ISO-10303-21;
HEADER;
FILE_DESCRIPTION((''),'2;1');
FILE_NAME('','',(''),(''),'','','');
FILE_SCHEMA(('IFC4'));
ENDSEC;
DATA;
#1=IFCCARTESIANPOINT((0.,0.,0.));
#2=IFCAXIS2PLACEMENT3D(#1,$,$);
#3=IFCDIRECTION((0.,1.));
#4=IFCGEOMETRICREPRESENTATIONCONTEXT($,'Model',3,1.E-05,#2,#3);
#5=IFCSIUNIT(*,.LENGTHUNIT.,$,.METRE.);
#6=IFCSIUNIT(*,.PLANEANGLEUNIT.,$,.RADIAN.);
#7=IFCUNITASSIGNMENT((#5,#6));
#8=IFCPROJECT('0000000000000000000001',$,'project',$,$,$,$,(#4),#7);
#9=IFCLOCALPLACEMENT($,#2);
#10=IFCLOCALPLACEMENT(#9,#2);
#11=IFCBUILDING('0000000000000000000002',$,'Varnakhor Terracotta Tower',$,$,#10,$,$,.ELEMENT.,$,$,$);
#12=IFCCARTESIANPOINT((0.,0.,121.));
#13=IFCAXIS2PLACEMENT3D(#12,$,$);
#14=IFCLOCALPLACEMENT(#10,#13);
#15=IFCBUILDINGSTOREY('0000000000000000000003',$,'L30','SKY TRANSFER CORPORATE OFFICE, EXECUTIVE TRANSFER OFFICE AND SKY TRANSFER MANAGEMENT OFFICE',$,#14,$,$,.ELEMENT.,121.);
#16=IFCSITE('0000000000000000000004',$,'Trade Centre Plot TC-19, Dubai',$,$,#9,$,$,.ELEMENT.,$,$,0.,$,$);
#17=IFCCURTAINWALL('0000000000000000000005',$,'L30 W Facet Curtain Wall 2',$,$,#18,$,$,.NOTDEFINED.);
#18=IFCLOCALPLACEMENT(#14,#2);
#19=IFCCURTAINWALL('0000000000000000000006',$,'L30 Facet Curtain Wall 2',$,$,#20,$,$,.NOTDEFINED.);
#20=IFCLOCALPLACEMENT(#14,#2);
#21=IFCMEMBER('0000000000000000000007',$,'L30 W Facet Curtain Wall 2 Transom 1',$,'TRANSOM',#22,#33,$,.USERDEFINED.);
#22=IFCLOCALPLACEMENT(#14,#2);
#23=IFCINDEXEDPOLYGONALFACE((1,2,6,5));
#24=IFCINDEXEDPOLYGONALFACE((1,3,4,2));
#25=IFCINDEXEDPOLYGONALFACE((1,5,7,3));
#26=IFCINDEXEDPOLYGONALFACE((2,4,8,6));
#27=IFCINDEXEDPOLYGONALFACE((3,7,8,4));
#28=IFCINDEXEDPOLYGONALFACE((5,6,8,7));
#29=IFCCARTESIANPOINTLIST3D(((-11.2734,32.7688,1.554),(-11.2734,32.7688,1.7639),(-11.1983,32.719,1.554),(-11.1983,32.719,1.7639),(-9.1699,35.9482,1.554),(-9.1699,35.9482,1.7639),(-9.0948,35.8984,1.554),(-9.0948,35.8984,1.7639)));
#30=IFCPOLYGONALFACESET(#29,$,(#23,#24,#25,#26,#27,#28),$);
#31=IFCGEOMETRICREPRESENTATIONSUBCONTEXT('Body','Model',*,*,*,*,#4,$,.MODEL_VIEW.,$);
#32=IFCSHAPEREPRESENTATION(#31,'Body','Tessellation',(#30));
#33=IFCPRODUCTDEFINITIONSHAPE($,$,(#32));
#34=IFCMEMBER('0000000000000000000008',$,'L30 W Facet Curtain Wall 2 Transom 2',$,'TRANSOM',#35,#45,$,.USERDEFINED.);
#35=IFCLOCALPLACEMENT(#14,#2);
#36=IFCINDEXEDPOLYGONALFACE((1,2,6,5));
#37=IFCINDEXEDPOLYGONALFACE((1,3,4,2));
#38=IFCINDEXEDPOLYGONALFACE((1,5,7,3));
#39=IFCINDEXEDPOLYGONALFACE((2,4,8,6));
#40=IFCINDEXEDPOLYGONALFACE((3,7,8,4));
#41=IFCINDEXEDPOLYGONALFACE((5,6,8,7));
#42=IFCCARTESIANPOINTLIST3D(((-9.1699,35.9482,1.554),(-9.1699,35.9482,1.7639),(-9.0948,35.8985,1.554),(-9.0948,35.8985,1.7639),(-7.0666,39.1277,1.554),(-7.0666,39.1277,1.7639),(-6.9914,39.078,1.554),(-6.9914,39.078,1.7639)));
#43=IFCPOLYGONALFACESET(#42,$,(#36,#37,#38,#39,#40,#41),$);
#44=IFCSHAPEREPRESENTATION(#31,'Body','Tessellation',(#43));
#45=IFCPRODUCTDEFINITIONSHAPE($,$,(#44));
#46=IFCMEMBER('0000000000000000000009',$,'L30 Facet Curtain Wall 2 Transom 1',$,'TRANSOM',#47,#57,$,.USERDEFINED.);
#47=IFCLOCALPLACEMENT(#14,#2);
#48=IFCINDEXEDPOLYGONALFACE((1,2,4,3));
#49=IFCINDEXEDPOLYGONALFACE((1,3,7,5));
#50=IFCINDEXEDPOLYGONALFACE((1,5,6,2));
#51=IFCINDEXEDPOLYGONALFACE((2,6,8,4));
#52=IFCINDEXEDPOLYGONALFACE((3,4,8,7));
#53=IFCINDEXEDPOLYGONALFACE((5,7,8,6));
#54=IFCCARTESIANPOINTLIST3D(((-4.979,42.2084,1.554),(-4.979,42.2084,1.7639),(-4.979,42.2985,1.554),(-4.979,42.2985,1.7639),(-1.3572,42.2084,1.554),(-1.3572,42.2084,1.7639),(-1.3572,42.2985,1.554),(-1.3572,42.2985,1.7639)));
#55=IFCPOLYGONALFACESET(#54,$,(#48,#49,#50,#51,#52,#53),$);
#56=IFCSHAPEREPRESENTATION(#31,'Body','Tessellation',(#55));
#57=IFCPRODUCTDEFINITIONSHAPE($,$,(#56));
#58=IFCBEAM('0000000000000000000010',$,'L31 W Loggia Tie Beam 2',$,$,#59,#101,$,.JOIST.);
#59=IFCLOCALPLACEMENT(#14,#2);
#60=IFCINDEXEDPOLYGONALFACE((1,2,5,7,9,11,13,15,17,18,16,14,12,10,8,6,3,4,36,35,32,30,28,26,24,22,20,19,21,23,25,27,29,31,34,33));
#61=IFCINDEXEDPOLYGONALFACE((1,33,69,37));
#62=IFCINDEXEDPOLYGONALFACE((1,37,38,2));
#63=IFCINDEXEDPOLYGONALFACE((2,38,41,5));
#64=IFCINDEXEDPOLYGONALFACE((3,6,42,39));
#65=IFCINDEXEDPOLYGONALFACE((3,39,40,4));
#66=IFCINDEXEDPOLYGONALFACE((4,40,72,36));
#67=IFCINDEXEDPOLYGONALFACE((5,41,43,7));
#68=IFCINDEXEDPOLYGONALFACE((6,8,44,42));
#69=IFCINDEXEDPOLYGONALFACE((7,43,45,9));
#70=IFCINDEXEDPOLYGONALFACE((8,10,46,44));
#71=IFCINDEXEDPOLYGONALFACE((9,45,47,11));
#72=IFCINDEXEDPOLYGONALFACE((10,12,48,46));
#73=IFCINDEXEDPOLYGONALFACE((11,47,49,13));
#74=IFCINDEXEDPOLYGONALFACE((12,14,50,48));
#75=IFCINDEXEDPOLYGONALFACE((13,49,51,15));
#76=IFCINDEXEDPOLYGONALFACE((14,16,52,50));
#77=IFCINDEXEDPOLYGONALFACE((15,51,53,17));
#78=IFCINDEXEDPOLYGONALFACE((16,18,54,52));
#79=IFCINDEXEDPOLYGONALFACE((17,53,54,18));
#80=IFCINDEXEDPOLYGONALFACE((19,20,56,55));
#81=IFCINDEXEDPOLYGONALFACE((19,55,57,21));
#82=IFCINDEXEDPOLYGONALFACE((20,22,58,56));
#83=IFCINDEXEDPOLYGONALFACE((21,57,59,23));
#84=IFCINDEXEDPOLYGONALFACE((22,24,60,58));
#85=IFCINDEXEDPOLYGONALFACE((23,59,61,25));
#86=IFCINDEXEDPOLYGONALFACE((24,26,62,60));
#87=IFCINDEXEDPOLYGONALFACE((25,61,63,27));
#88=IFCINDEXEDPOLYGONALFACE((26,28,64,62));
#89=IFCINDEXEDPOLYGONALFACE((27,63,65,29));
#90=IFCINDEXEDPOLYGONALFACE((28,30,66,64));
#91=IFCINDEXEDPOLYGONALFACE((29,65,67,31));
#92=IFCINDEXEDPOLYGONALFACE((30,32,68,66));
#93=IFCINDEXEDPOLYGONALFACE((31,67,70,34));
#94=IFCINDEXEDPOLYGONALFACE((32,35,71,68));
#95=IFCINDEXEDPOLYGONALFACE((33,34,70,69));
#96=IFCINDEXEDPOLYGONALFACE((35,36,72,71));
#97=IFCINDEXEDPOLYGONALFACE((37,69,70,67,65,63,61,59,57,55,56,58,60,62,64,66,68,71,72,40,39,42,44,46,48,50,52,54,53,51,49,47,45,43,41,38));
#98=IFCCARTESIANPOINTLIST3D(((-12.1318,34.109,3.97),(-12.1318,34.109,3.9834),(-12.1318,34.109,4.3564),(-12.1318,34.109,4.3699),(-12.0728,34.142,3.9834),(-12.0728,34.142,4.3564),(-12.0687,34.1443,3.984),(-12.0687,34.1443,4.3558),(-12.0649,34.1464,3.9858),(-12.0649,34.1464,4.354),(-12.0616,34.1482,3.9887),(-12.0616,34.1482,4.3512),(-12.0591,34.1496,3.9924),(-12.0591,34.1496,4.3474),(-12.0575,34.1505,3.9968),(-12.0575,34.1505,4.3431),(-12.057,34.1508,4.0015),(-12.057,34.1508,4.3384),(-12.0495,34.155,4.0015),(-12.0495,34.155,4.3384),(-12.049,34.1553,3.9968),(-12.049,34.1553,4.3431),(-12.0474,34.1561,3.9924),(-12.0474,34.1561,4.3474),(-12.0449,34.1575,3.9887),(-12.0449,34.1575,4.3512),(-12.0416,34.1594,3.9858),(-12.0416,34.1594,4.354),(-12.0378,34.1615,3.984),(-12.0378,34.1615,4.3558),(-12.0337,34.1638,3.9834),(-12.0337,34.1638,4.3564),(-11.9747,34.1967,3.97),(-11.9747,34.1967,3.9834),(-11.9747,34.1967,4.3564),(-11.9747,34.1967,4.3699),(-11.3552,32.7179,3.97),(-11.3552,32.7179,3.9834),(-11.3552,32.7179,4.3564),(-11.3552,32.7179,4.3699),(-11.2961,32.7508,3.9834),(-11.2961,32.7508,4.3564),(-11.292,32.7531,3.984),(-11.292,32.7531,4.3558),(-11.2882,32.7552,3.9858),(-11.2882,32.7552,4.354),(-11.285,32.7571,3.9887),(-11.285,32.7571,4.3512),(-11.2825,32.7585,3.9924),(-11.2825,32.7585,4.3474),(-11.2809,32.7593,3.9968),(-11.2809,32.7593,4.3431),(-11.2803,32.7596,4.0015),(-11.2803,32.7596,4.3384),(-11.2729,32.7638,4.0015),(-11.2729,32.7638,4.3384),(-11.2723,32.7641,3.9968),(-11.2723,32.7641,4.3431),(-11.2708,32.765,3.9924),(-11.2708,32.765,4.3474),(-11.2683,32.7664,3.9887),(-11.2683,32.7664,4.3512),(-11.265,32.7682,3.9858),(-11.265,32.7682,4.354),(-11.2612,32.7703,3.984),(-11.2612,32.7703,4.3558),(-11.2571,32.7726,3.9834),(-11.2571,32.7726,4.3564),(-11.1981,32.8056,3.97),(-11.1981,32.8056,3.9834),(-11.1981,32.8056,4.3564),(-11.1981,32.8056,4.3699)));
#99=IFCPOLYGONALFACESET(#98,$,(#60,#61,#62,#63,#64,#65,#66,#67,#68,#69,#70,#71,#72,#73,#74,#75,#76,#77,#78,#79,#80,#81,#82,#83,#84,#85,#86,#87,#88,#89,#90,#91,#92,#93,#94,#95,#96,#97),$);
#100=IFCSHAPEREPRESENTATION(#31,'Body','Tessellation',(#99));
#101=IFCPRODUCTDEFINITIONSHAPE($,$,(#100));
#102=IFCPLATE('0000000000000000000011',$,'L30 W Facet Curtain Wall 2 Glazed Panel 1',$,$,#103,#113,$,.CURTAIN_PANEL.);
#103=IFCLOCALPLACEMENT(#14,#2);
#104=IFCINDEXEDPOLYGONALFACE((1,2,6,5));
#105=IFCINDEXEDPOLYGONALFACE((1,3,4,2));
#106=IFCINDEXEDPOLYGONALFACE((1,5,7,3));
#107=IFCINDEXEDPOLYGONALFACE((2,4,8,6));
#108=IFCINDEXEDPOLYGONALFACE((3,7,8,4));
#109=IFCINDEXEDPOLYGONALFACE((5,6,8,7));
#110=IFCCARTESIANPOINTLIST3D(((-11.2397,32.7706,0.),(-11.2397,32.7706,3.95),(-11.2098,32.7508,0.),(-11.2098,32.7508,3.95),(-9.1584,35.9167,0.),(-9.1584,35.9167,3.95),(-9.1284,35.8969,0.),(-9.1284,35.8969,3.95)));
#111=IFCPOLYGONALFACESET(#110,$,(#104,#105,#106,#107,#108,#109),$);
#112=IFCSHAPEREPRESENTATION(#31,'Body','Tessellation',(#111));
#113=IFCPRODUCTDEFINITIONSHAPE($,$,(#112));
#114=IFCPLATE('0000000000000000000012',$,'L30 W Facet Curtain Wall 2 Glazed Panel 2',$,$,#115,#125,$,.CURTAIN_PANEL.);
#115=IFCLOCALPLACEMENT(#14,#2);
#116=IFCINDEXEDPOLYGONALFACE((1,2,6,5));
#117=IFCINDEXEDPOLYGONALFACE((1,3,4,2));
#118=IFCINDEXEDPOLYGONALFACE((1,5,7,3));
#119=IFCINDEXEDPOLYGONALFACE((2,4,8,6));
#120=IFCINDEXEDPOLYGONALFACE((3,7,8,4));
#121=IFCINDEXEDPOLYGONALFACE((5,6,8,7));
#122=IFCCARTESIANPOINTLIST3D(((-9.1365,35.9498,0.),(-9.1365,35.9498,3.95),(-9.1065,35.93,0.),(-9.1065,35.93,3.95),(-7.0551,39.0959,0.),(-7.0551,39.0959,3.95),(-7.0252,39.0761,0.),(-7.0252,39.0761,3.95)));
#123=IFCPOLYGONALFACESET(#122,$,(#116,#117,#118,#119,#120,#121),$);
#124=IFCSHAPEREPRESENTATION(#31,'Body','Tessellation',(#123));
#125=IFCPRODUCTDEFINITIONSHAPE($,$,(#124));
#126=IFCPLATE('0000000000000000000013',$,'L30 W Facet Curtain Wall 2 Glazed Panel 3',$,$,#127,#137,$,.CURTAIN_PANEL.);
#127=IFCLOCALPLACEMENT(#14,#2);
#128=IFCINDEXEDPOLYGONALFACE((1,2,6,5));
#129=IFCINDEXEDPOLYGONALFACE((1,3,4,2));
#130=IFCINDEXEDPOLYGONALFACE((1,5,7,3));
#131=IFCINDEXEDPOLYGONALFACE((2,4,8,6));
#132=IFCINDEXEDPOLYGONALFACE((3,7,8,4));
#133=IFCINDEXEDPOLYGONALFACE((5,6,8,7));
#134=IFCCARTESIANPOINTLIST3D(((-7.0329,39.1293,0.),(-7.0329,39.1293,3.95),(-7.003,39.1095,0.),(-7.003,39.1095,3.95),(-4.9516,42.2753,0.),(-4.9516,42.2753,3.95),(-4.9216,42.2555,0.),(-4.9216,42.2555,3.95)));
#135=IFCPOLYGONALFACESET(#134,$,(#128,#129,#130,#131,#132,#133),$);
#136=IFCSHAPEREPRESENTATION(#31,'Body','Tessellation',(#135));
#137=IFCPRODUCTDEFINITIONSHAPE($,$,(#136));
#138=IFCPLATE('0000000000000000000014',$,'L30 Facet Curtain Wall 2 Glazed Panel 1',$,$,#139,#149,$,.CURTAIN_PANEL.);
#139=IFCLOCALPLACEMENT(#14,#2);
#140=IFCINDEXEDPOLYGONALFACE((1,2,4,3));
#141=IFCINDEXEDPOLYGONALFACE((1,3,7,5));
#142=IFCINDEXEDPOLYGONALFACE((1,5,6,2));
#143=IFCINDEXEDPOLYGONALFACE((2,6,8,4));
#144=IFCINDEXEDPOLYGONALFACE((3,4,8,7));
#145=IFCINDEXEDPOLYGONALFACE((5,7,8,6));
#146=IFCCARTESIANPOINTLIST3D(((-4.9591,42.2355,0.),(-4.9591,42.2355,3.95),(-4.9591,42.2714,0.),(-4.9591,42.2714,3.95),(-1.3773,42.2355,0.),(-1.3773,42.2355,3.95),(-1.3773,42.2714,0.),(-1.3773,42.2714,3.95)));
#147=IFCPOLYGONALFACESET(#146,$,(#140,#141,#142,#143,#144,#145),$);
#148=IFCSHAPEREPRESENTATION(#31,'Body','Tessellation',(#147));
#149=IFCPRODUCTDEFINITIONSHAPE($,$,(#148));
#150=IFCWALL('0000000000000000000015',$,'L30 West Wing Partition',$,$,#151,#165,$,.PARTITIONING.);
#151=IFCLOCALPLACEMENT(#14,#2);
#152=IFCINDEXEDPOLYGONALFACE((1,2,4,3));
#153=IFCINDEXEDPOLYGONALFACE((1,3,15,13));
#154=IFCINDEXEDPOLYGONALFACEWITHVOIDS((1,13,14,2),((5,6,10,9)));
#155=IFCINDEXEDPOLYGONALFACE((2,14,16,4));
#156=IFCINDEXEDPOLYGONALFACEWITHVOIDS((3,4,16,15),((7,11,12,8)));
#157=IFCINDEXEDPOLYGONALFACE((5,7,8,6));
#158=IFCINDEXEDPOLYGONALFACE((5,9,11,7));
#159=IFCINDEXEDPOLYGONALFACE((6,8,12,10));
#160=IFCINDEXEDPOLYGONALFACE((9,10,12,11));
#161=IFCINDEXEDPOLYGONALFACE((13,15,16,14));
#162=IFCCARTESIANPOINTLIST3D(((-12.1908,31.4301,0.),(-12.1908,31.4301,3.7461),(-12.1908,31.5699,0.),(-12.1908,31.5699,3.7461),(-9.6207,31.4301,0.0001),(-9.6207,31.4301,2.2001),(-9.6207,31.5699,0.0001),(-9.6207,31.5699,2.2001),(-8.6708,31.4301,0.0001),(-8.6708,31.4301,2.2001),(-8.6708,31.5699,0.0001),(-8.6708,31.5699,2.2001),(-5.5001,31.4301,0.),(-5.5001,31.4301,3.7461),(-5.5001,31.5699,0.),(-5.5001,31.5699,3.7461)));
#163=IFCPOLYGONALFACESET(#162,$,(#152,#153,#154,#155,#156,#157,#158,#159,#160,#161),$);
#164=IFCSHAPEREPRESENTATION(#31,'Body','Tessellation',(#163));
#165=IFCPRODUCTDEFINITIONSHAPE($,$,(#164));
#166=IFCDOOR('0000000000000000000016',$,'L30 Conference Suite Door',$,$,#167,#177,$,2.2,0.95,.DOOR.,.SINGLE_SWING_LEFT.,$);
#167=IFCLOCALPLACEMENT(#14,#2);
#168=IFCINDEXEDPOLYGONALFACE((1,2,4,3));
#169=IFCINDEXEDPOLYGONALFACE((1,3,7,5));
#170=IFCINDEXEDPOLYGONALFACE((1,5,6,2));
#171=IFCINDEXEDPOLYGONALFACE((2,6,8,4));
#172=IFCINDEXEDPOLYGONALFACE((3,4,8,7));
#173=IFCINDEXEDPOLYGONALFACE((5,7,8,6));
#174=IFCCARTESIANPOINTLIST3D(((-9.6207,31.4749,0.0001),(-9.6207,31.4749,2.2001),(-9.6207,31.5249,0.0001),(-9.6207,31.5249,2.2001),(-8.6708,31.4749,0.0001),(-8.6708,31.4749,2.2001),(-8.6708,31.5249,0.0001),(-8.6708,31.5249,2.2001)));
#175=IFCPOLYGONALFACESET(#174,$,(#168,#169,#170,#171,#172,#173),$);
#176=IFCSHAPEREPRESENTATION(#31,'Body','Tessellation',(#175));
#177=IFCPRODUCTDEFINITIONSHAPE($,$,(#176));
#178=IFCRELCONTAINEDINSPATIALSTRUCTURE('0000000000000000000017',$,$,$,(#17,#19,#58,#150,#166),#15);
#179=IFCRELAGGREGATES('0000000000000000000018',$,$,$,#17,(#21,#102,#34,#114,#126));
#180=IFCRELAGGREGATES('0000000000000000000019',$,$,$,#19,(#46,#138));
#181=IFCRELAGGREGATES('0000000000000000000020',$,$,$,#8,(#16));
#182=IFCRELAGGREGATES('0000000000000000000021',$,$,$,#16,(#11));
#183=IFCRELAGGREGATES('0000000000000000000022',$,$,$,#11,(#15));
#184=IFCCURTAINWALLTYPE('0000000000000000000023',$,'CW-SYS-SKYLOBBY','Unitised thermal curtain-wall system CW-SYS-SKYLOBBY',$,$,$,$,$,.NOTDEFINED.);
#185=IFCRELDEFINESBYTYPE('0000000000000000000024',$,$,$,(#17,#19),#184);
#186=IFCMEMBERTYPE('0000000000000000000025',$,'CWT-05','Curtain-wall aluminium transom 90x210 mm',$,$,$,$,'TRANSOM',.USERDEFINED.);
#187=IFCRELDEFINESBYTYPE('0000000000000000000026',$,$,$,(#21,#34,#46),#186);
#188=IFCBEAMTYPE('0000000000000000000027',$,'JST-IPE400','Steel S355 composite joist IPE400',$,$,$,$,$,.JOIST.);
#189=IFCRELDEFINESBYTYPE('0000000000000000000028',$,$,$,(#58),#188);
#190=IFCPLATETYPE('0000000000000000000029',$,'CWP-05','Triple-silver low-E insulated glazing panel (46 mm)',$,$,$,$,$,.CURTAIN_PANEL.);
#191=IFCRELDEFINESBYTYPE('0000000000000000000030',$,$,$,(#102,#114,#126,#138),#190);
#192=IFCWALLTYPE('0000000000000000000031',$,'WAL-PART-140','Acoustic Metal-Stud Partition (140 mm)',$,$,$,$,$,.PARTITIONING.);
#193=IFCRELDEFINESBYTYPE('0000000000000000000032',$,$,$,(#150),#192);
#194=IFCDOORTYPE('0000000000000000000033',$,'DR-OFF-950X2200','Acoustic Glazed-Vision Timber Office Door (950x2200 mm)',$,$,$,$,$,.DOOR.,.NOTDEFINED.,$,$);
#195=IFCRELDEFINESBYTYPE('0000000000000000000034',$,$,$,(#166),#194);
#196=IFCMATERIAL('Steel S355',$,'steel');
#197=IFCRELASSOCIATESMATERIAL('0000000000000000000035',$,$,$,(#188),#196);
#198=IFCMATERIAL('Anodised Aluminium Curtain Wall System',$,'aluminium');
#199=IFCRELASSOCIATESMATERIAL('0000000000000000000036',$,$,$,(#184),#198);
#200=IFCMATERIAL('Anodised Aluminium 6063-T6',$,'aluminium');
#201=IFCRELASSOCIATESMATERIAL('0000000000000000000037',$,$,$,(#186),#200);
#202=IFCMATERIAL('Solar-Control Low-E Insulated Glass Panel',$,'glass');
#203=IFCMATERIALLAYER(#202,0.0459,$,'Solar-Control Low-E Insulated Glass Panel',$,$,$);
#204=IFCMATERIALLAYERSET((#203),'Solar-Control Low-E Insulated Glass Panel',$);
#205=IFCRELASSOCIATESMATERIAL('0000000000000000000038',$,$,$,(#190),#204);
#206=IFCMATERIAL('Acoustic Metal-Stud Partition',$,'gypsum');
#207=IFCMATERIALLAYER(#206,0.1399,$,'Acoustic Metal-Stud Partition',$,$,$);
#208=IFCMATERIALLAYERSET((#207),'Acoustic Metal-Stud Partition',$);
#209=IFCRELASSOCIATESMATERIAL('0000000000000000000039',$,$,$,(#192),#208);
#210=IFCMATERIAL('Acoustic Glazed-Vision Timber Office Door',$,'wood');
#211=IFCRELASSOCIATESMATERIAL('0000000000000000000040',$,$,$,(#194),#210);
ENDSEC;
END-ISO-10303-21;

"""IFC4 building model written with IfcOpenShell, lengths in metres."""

from ifc_helpers import new_model, si_unit, direction, frame, frame_2d, origin, origin_2d, place, context, subcontext, project, spatial, rectangle, i_section, extrude, source, transform, mapped, material, layer, layer_set, material_profile, profile_set, type_object, type_shapes, element, fill, aggregate, save


model = new_model("IFC4")

# Units and contexts
model_context = context("Model", 3, precision=1e-05, world=origin(), true_north=direction((0.0, 1.0)))
body_context = subcontext(model_context, "Body", "Model", "MODEL_VIEW")
ifc_project = project(units=[si_unit("LENGTHUNIT", "METRE"), si_unit("PLANEANGLEUNIT", "RADIAN")], contexts=[model_context])

# Site, building, storey
site_placement = place(None, origin())
site = spatial("IfcSite", under=ifc_project, at=site_placement, Name="Trade Centre Plot TC-19, Dubai", CompositionType="ELEMENT", RefElevation=0.0)
building_placement = place(site_placement, origin())
building = spatial("IfcBuilding", under=site, at=building_placement, Name="Varnakhor Terracotta Tower", CompositionType="ELEMENT")
storey_placement = place(building_placement, frame((0.0, 0.0, 121.0)))
storey = spatial("IfcBuildingStorey", under=building, at=storey_placement, Name="L30", Description="SKY TRANSFER CORPORATE OFFICE, EXECUTIVE TRANSFER OFFICE AND SKY TRANSFER MANAGEMENT OFFICE", CompositionType="ELEMENT", Elevation=121.0)

# Shared definitions
ifc_material_1 = material(Name="Steel S355", Category="steel")
ifc_material_profile_1 = material_profile(ifc_material_1, i_section(OverallWidth=0.1799, OverallDepth=0.3999, WebThickness=0.0085, FlangeThickness=0.0134, FilletRadius=0.0181, at=origin_2d()), Name="IPE400")
ifc_profile_set_1 = profile_set([ifc_material_profile_1], Name="Steel S355")
beam_type_1 = type_object("IfcBeamType", Name="JST-IPE400", Description="Steel S355 composite joist IPE400", PredefinedType="JOIST", material=ifc_profile_set_1)

# Curtain walls
ifc_material_2 = material(Name="Anodised Aluminium Curtain Wall System", Category="aluminium")
curtain_wall_type = type_object("IfcCurtainWallType", Name="CW-SYS-SKYLOBBY", Description="Unitised thermal curtain-wall system CW-SYS-SKYLOBBY", PredefinedType="NOTDEFINED", material=ifc_material_2)
curtain_wall_1_placement = place(storey_placement, origin())
curtain_wall_1 = element("IfcCurtainWall", 1, at=curtain_wall_1_placement, inside=storey, type_object=curtain_wall_type, Name="L30 W Facet Curtain Wall 2", PredefinedType="NOTDEFINED")
ifc_material_3 = material(Name="Anodised Aluminium 6063-T6", Category="aluminium")
curtain_wall_2_placement = place(storey_placement, origin())
curtain_wall_2 = element("IfcCurtainWall", 2, at=curtain_wall_2_placement, inside=storey, type_object=curtain_wall_type, Name="L30 Facet Curtain Wall 2", PredefinedType="NOTDEFINED")

# Members
ifc_material_profile_2 = material_profile(ifc_material_3, rectangle(XDim=0.0901, YDim=0.21, at=origin_2d()), Name="ALU TRANSOM 90x210")
ifc_profile_set_2 = profile_set([ifc_material_profile_2], Name="Anodised Aluminium 6063-T6")
member_type_1 = type_object("IfcMemberType", Name="CWT-05", Description="Curtain-wall aluminium transom 90x210 mm", ElementType="TRANSOM", PredefinedType="USERDEFINED", material=ifc_profile_set_2)
shared_shape_1 = source(origin(), body_context, "Body", "SweptSolid", [
    extrude(rectangle(XDim=0.0901, YDim=0.21, at=origin_2d()), origin(), (0.0, 0.0, 1.0), 3.8123),
])
member_1_placement = place(storey_placement, frame((-11.2358, 32.7439, 1.6589), z_axis=(0.551771, 0.833996, 0.0), x_axis=(-0.833996, 0.551771, 0.0)))
member_1 = element("IfcMember", 3, at=member_1_placement, type_object=member_type_1, Name="L30 W Facet Curtain Wall 2 Transom 1", ObjectType="TRANSOM", PredefinedType="USERDEFINED", context=body_context, shape_type="MappedRepresentation", body=[
    mapped(shared_shape_1, transform((0.0, 0.0, 0.0), scale=1.0)),
])
member_2_placement = place(storey_placement, frame((-9.1323, 35.9233, 1.6589), z_axis=(0.551726, 0.834025, 0.0), x_axis=(-0.834025, 0.551726, 0.0)))
member_2 = element("IfcMember", 4, at=member_2_placement, type_object=member_type_1, Name="L30 W Facet Curtain Wall 2 Transom 2", ObjectType="TRANSOM", PredefinedType="USERDEFINED", context=body_context, shape_type="MappedRepresentation", body=[
    mapped(shared_shape_1, transform((0.0, 0.0, 0.0), scale=1.0)),
])
shared_shape_2 = source(origin(), body_context, "Body", "SweptSolid", [
    extrude(rectangle(XDim=0.0901, YDim=0.21, at=origin_2d()), origin(), (0.0, 0.0, 1.0), 3.6218),
])
member_3_placement = place(storey_placement, frame((-4.979, 42.2534, 1.6589), z_axis=(1.0, 0.0, 0.0), x_axis=(0.0, 1.0, 0.0)))
member_3 = element("IfcMember", 5, at=member_3_placement, type_object=member_type_1, Name="L30 Facet Curtain Wall 2 Transom 1", ObjectType="TRANSOM", PredefinedType="USERDEFINED", context=body_context, shape_type="MappedRepresentation", body=[
    mapped(shared_shape_2, transform((0.0, 0.0, 0.0), scale=1.0)),
])

# Beam
shared_shape_3 = source(origin(), body_context, "Body", "SweptSolid", [
    extrude(i_section(OverallWidth=0.1799, OverallDepth=0.3999, WebThickness=0.0085, FlangeThickness=0.0134, FilletRadius=0.0181, at=origin_2d()), origin(), (0.0, 0.0, 1.0), 1.5933),
])
beam_1_placement = place(storey_placement, frame((-11.2766, 32.7617, 4.1699), z_axis=(-0.48745, 0.873151, 0.0), x_axis=(-0.873151, -0.48745, 0.0)))
element("IfcBeam", 6, at=beam_1_placement, inside=storey, type_object=beam_type_1, Name="L31 W Loggia Tie Beam 2", PredefinedType="JOIST", context=body_context, shape_type="MappedRepresentation", body=[
    mapped(shared_shape_3, transform((0.0, 0.0, 0.0), scale=1.0)),
])

# Plates
ifc_material_4 = material(Name="Solar-Control Low-E Insulated Glass Panel", Category="glass")
ifc_layer_1 = layer(ifc_material_4, 0.0459, Name="Solar-Control Low-E Insulated Glass Panel")
ifc_layer_set_1 = layer_set([ifc_layer_1], Name="Solar-Control Low-E Insulated Glass Panel")
plate_type = type_object("IfcPlateType", Name="CWP-05", Description="Triple-silver low-E insulated glazing panel (46 mm)", PredefinedType="CURTAIN_PANEL", material=ifc_layer_set_1)
shared_shape_4 = source(origin(), body_context, "Body", "SweptSolid", [
    extrude(rectangle(XDim=3.7722, YDim=0.0359, at=origin_2d()), origin(), (0.0, 0.0, 1.0), 3.95),
])
type_shapes(plate_type, [shared_shape_4])
plate_1_placement = place(storey_placement, frame((-10.1841, 34.3337, 0.0), z_axis=(0.0, 0.0, 1.0), x_axis=(0.551762, 0.834001, 0.0)))
plate_1 = element("IfcPlate", 7, at=plate_1_placement, type_object=plate_type, Name="L30 W Facet Curtain Wall 2 Glazed Panel 1", PredefinedType="CURTAIN_PANEL", context=body_context, shape_type="MappedRepresentation", body=[
    mapped(shared_shape_4, transform((0.0, 0.0, 0.0), scale=1.0)),
])
plate_2_placement = place(storey_placement, frame((-8.0808, 37.5129, 0.0), z_axis=(0.0, 0.0, 1.0), x_axis=(0.551762, 0.834001, 0.0)))
plate_2 = element("IfcPlate", 8, at=plate_2_placement, type_object=plate_type, Name="L30 W Facet Curtain Wall 2 Glazed Panel 2", PredefinedType="CURTAIN_PANEL", context=body_context, shape_type="MappedRepresentation", body=[
    mapped(shared_shape_4, transform((0.0, 0.0, 0.0), scale=1.0)),
])
plate_3_placement = place(storey_placement, frame((-5.9773, 40.6924, 0.0), z_axis=(0.0, 0.0, 1.0), x_axis=(0.551762, 0.834001, 0.0)))
plate_3 = element("IfcPlate", 9, at=plate_3_placement, type_object=plate_type, Name="L30 W Facet Curtain Wall 2 Glazed Panel 3", PredefinedType="CURTAIN_PANEL", context=body_context, shape_type="MappedRepresentation", body=[
    mapped(shared_shape_4, transform((0.0, 0.0, 0.0), scale=1.0)),
])
aggregate(curtain_wall_1, [member_1, plate_1, member_2, plate_2, plate_3])
shared_shape_5 = source(origin(), body_context, "Body", "SweptSolid", [
    extrude(rectangle(XDim=3.5818, YDim=0.0359, at=origin_2d()), origin(), (0.0, 0.0, 1.0), 3.95),
])
plate_4_placement = place(storey_placement, frame((-3.1682, 42.2534, 0.0), z_axis=(0.0, 0.0, 1.0), x_axis=(1.0, 0.0, 0.0)))
plate_4 = element("IfcPlate", 10, at=plate_4_placement, type_object=plate_type, Name="L30 Facet Curtain Wall 2 Glazed Panel 1", PredefinedType="CURTAIN_PANEL", context=body_context, shape_type="MappedRepresentation", body=[
    mapped(shared_shape_5, transform((0.0, 0.0, 0.0), scale=1.0)),
])
aggregate(curtain_wall_2, [member_3, plate_4])

# Wall, opening, door
ifc_material_5 = material(Name="Acoustic Metal-Stud Partition", Category="gypsum")
ifc_layer_2 = layer(ifc_material_5, 0.1399, Name="Acoustic Metal-Stud Partition")
ifc_layer_set_2 = layer_set([ifc_layer_2], Name="Acoustic Metal-Stud Partition")
wall_type = type_object("IfcWallType", Name="WAL-PART-140", Description="Acoustic Metal-Stud Partition (140 mm)", PredefinedType="PARTITIONING", material=ifc_layer_set_2)
wall_placement = place(storey_placement, frame((-12.1907, 31.5, 0.0), z_axis=(0.0, 0.0, 1.0), x_axis=(1.0, 0.0, 0.0)))
wall = element("IfcWall", 11, at=wall_placement, inside=storey, type_object=wall_type, Name="L30 West Wing Partition", PredefinedType="PARTITIONING", context=body_context, shape_type="SweptSolid", body=[
    extrude(rectangle(XDim=6.6907, YDim=0.1399, at=frame_2d((3.3452, 0.0))), origin(), (0.0, 0.0, 1.0), 3.7461),
])
opening_placement = place(wall_placement, frame((2.5698, 0.0, 0.0)))
opening = element("IfcOpeningElement", 12, at=opening_placement, cuts=wall, PredefinedType="OPENING", context=body_context, shape_type="SweptSolid", body=[
    extrude(rectangle(XDim=0.95, YDim=2.2, at=frame_2d((0.4751, 1.1001))), frame((0.0, 0.0801, 0.0), z_axis=(0.0, -1.0, 0.0), x_axis=(1.0, 0.0, 0.0)), (0.0, 0.0, 1.0), 0.1599),
])
ifc_material_6 = material(Name="Acoustic Glazed-Vision Timber Office Door", Category="wood")
door_type = type_object("IfcDoorType", Name="DR-OFF-950X2200", Description="Acoustic Glazed-Vision Timber Office Door (950x2200 mm)", OperationType="NOTDEFINED", PredefinedType="DOOR", material=ifc_material_6)
shared_shape_6 = source(origin(), body_context, "Body", "SweptSolid", [
    extrude(rectangle(XDim=0.95, YDim=2.2, at=frame_2d((0.4751, 1.1001))), frame((0.0, 0.0249, 0.0), z_axis=(0.0, -1.0, 0.0), x_axis=(1.0, 0.0, 0.0)), (0.0, 0.0, 1.0), 0.05),
])
type_shapes(door_type, [shared_shape_6])
door_placement = place(opening_placement, origin())
door = element("IfcDoor", 13, at=door_placement, inside=storey, type_object=door_type, Name="L30 Conference Suite Door", OperationType="SINGLE_SWING_LEFT", OverallHeight=2.2, OverallWidth=0.95, PredefinedType="DOOR", context=body_context, shape_type="MappedRepresentation", body=[
    mapped(shared_shape_6, transform((0.0, 0.0, 0.0), scale=1.0)),
])
fill(opening, door)

save(model, "model.ifc")
